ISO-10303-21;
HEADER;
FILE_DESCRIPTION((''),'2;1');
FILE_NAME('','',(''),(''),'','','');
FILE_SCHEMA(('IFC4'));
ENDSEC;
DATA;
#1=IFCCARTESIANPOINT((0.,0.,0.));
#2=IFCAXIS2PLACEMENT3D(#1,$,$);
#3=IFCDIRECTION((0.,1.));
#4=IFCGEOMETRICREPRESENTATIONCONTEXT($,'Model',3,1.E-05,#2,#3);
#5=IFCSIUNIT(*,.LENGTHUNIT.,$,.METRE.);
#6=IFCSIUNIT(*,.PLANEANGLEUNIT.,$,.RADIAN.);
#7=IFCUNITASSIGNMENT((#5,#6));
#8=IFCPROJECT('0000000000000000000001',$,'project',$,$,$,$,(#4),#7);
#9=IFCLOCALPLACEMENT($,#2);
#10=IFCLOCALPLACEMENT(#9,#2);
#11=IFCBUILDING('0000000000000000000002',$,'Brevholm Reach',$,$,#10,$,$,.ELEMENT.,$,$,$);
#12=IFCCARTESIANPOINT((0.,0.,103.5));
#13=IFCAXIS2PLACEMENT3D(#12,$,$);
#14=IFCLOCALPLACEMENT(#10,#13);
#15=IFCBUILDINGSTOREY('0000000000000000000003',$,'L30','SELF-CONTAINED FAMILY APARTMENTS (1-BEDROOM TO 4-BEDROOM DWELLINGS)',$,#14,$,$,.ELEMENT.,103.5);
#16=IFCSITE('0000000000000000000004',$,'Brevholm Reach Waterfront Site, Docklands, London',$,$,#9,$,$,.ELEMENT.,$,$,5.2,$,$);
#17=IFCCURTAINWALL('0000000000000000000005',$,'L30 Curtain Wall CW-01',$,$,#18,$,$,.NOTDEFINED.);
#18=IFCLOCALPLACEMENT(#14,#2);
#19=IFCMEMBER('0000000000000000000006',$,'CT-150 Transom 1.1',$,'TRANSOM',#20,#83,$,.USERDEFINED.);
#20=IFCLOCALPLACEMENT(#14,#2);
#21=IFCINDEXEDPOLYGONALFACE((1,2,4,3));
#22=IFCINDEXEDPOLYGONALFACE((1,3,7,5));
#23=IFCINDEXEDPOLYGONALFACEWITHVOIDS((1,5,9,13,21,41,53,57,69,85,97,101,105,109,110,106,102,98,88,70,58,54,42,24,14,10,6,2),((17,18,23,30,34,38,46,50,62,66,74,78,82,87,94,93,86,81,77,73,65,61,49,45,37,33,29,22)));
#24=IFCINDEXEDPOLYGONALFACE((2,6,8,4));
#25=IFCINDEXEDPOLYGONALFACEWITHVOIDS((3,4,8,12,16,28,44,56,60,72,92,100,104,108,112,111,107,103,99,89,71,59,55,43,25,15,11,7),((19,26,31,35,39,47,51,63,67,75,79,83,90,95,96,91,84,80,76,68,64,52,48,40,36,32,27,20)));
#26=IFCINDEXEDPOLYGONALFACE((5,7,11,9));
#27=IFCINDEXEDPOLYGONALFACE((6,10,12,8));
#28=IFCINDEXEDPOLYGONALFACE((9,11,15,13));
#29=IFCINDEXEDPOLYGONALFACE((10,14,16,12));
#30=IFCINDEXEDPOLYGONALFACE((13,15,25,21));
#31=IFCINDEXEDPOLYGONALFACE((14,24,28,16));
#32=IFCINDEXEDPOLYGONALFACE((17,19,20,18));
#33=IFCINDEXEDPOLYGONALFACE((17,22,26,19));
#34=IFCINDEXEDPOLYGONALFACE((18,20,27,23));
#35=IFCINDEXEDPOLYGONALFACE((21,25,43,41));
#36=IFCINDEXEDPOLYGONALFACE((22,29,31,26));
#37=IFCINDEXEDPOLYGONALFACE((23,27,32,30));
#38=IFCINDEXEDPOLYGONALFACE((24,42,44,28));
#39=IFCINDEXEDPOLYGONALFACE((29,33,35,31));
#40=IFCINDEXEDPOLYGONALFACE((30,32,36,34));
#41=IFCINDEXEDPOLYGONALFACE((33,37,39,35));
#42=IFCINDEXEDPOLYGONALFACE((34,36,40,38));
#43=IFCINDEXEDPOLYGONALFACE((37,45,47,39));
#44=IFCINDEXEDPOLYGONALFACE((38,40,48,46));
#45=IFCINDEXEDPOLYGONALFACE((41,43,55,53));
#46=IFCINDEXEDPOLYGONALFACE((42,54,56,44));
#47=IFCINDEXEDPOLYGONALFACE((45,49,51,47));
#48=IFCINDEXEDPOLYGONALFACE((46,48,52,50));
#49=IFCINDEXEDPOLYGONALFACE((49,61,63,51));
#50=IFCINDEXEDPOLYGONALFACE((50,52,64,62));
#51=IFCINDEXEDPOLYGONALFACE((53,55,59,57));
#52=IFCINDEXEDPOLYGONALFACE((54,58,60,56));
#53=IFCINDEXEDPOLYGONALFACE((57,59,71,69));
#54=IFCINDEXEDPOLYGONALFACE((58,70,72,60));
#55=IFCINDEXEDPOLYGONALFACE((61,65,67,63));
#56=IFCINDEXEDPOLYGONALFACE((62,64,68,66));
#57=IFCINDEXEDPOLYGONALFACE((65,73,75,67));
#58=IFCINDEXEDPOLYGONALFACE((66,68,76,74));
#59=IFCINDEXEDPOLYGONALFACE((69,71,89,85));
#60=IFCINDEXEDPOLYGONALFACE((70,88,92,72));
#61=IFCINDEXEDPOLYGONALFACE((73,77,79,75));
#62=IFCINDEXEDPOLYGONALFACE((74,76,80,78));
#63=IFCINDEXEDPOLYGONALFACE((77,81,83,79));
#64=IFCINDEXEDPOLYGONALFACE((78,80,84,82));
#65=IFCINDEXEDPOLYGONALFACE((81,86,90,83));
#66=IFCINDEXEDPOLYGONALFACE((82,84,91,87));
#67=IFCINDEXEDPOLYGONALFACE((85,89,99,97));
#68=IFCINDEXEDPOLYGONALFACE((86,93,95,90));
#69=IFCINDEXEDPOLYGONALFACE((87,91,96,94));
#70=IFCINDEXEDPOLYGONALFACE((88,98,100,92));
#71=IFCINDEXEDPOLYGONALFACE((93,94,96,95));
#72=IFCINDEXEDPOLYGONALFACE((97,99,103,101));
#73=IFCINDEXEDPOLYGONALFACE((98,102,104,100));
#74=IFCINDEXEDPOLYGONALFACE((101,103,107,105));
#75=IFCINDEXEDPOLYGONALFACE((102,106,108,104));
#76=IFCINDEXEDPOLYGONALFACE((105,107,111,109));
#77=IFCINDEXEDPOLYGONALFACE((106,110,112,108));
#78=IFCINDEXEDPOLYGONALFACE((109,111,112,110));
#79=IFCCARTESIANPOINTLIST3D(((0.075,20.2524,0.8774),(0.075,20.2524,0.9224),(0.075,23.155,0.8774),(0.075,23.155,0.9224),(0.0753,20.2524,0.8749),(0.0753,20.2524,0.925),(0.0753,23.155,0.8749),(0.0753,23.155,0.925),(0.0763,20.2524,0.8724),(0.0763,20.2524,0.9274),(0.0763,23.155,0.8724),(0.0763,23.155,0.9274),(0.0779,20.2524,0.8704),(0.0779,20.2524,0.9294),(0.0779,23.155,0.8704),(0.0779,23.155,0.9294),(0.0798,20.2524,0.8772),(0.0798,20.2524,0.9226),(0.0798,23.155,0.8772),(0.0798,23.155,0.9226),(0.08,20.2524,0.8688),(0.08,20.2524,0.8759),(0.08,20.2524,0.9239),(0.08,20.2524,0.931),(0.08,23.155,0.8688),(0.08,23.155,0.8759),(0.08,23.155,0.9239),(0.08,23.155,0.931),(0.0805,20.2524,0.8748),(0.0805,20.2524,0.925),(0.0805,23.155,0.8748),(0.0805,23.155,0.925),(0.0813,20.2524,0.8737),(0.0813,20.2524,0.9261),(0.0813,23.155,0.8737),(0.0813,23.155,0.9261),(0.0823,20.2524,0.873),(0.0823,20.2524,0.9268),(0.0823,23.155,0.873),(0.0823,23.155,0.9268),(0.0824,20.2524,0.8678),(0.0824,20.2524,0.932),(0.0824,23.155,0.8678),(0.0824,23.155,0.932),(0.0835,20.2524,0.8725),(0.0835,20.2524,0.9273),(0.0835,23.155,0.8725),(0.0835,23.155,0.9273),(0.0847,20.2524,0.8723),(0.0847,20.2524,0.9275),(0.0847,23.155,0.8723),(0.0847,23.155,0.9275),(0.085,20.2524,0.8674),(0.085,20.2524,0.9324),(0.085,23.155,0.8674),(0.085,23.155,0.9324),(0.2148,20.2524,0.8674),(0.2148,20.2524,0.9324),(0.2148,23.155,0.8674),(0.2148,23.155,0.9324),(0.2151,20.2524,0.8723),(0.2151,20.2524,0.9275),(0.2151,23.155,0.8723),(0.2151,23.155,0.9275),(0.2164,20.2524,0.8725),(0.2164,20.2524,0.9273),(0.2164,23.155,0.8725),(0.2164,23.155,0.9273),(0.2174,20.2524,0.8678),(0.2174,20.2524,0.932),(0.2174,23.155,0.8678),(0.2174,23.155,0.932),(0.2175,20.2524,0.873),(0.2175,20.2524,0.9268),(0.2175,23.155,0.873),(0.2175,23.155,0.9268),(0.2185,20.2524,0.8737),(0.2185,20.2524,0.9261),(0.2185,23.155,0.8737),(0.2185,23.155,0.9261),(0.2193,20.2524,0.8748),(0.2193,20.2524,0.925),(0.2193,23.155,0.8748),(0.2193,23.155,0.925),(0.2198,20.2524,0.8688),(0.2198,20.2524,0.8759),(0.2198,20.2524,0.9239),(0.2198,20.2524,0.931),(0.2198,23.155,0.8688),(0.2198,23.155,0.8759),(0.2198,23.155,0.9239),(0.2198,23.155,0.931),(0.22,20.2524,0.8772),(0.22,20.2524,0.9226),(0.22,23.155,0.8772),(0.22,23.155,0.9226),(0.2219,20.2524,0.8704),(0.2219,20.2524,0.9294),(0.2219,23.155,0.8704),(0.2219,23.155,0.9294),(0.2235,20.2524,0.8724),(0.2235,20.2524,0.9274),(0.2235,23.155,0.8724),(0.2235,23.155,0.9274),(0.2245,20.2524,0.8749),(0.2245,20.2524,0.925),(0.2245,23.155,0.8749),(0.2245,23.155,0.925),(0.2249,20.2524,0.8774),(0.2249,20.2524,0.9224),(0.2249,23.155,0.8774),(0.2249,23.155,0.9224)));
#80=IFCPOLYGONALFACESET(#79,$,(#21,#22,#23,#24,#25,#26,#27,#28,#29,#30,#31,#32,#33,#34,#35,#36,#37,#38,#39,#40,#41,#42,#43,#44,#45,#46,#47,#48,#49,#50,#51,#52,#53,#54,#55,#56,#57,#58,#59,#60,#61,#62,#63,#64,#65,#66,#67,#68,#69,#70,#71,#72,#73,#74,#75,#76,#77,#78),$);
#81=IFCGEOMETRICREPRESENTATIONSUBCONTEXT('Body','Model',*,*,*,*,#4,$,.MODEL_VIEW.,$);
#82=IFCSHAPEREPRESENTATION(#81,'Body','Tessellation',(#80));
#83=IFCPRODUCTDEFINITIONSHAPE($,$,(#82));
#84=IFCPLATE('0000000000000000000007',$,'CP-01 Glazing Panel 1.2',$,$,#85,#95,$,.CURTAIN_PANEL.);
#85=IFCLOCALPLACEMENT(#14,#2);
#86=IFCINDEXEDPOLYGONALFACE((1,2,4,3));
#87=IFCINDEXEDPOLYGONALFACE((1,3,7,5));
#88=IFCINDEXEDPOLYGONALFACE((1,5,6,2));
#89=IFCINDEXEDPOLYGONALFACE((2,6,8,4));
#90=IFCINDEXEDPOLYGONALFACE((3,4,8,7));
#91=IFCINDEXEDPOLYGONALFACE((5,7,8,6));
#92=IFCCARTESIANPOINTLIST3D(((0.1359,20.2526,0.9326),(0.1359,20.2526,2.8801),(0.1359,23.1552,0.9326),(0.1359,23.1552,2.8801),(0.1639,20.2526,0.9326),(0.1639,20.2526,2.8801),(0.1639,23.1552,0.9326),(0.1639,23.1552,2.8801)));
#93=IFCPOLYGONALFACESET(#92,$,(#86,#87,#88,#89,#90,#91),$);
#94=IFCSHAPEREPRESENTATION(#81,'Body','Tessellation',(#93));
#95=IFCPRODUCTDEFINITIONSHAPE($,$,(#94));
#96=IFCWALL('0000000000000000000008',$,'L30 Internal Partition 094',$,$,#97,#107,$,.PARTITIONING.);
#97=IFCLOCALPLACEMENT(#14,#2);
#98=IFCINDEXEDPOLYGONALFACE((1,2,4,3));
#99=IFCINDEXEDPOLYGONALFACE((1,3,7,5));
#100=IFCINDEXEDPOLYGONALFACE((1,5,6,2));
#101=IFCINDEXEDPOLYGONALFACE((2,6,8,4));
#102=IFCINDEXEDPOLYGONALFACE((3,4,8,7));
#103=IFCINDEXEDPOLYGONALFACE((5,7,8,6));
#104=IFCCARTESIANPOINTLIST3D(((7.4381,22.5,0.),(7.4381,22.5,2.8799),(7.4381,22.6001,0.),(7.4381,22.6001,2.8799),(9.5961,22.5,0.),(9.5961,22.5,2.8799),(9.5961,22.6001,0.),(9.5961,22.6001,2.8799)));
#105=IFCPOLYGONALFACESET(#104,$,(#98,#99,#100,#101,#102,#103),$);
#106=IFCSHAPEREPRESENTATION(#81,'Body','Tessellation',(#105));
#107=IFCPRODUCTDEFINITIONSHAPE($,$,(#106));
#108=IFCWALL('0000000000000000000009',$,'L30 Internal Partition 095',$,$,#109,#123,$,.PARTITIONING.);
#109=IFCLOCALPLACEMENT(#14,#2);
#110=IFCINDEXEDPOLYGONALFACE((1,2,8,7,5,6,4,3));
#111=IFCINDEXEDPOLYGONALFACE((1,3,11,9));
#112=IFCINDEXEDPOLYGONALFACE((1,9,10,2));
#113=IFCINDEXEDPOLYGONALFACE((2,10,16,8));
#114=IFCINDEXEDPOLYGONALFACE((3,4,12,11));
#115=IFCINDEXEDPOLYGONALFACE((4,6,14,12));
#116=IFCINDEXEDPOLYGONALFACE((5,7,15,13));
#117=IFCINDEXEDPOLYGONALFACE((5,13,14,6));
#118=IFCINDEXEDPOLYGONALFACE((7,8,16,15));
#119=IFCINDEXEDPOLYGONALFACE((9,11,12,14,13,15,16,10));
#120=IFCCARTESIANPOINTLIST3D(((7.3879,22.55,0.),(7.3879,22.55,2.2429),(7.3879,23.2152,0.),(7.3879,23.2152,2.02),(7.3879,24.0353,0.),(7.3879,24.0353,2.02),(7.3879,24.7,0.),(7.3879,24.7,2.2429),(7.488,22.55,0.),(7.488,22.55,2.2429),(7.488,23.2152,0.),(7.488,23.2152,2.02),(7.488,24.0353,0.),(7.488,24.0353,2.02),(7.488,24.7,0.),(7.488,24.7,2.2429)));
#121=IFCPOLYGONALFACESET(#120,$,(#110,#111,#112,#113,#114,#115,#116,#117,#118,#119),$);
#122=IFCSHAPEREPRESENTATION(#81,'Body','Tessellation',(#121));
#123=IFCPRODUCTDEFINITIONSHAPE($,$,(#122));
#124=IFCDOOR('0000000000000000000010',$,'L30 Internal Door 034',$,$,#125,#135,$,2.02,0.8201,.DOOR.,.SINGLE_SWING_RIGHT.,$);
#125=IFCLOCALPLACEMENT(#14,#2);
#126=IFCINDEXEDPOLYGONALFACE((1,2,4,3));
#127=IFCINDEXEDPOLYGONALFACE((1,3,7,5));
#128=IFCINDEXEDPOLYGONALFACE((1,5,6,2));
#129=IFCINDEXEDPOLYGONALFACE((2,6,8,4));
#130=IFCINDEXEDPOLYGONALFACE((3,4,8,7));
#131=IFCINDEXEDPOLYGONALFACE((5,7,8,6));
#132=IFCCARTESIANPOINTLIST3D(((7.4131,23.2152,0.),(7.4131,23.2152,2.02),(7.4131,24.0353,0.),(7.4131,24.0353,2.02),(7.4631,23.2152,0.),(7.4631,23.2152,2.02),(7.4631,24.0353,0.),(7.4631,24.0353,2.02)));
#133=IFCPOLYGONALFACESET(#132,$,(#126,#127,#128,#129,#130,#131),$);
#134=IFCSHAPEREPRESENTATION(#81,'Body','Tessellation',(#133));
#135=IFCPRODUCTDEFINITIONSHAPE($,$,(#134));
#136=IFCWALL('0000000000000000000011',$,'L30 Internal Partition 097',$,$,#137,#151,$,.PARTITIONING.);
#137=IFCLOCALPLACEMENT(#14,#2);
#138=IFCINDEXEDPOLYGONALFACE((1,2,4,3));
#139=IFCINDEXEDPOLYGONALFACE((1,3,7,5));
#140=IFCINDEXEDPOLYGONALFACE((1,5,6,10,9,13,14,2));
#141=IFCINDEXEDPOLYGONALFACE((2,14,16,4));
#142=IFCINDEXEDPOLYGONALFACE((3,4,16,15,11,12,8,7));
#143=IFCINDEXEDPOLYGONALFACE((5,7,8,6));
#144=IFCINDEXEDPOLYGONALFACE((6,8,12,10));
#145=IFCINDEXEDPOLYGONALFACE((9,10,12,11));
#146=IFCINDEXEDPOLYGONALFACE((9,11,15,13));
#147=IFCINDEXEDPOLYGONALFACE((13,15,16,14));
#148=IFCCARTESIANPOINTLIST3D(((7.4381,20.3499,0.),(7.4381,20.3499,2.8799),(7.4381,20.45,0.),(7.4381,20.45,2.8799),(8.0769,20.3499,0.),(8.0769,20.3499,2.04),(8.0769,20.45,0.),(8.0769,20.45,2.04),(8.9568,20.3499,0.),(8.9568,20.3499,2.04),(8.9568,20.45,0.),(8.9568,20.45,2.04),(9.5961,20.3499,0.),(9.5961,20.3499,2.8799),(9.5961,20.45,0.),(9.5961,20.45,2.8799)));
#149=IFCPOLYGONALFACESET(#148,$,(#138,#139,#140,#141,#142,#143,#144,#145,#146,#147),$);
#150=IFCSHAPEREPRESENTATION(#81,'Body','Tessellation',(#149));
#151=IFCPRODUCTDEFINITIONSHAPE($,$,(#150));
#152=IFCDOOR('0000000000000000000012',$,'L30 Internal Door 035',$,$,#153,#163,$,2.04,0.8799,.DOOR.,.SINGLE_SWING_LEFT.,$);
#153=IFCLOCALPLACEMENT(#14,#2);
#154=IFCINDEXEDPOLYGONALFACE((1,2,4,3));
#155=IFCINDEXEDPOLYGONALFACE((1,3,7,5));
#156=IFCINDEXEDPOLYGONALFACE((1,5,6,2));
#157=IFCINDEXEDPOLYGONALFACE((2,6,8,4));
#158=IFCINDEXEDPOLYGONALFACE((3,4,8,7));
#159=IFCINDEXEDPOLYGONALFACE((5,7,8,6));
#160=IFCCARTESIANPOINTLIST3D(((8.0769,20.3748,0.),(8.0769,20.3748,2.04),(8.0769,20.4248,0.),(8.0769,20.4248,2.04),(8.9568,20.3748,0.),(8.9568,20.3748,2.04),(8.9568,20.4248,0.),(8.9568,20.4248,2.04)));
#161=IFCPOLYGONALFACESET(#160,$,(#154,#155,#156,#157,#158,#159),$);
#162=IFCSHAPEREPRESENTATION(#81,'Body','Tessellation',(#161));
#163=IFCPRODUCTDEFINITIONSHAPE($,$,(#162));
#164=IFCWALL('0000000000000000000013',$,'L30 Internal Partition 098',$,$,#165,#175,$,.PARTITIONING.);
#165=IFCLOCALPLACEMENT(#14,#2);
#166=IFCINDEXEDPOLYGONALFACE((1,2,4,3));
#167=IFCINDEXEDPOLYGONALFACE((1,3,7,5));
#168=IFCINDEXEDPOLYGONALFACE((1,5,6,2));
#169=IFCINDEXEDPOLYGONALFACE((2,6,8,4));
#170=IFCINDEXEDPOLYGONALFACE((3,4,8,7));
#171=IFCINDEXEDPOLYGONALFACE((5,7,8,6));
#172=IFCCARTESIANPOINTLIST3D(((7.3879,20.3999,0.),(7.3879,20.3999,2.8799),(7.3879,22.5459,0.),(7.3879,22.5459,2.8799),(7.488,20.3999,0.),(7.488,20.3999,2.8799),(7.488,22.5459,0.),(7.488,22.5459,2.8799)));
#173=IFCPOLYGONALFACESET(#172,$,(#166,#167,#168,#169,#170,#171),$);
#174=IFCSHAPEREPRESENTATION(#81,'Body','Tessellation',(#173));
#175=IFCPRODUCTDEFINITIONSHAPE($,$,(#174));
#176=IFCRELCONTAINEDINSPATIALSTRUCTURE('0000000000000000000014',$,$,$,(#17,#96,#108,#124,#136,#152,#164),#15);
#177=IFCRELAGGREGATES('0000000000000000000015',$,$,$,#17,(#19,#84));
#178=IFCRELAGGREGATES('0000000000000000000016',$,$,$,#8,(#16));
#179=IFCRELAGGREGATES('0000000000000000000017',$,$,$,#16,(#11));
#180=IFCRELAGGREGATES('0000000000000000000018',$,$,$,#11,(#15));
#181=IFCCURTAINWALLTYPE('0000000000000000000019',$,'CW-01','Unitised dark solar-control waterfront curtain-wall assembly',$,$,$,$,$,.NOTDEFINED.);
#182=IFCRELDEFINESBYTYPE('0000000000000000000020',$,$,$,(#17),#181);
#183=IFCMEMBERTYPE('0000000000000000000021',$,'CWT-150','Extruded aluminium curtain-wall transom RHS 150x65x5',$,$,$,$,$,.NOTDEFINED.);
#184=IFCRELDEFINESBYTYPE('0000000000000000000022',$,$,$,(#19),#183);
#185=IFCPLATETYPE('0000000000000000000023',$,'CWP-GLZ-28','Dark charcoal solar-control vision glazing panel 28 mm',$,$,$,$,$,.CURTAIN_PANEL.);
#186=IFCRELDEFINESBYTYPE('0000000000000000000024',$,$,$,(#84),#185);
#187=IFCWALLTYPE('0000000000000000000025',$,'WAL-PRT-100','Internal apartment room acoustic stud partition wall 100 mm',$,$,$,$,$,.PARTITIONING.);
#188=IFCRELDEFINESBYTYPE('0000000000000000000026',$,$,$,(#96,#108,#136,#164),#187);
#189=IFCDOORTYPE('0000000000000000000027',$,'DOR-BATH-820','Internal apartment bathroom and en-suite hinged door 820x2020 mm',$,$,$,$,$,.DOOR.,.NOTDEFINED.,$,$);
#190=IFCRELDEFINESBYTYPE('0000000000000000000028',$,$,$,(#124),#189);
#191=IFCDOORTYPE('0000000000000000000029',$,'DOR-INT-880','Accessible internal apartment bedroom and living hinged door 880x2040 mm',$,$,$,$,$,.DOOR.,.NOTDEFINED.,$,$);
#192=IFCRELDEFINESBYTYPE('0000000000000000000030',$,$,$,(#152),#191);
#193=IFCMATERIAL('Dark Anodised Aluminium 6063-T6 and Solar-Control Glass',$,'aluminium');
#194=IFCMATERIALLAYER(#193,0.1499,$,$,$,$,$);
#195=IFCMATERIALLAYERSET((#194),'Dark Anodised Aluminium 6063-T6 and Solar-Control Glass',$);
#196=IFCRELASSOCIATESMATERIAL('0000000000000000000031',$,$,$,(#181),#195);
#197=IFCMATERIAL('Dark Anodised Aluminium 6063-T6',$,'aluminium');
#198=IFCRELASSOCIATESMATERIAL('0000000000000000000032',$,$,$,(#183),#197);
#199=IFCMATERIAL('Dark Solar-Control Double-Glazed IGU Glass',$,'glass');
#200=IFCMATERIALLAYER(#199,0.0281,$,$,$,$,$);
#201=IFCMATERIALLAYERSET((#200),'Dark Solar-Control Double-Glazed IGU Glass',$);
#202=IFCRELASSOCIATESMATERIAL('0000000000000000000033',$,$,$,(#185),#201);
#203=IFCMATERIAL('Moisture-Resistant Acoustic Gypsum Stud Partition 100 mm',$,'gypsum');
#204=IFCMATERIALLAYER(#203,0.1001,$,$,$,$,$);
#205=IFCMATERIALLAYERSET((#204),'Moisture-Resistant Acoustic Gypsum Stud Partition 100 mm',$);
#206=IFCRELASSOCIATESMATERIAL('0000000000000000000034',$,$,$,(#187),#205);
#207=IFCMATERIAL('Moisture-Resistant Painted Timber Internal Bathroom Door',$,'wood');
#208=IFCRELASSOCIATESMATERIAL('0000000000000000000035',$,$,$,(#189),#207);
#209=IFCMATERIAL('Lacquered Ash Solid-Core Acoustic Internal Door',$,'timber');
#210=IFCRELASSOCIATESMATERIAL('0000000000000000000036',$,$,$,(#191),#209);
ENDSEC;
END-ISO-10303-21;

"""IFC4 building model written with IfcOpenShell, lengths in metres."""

from ifc_helpers import new_model, si_unit, direction, frame, frame_2d, origin, origin_2d, place, context, subcontext, project, spatial, rectangle, hollow_rectangle, extrude, material, layer, layer_set, material_profile, profile_set, type_object, element, fill, aggregate, save


model = new_model("IFC4")

# Units and contexts
model_context = context("Model", 3, precision=1e-05, world=origin(), true_north=direction((0.0, 1.0)))
body_context = subcontext(model_context, "Body", "Model", "MODEL_VIEW")
ifc_project = project(units=[si_unit("LENGTHUNIT", "METRE"), si_unit("PLANEANGLEUNIT", "RADIAN")], contexts=[model_context])

# Site, building, storey
site_placement = place(None, origin())
site = spatial("IfcSite", under=ifc_project, at=site_placement, Name="Brevholm Reach Waterfront Site, Docklands, London", CompositionType="ELEMENT", RefElevation=5.2)
building_placement = place(site_placement, origin())
building = spatial("IfcBuilding", under=site, at=building_placement, Name="Brevholm Reach", CompositionType="ELEMENT")
storey_placement = place(building_placement, frame((0.0, 0.0, 103.5)))
storey = spatial("IfcBuildingStorey", under=building, at=storey_placement, Name="L30", Description="SELF-CONTAINED FAMILY APARTMENTS (1-BEDROOM TO 4-BEDROOM DWELLINGS)", CompositionType="ELEMENT", Elevation=103.5)

# Curtain wall, member, plate
ifc_material_1 = material(Name="Dark Anodised Aluminium 6063-T6 and Solar-Control Glass", Category="aluminium")
ifc_layer_1 = layer(ifc_material_1, 0.1499)
ifc_layer_set_1 = layer_set([ifc_layer_1], Name="Dark Anodised Aluminium 6063-T6 and Solar-Control Glass")
curtain_wall_type = type_object("IfcCurtainWallType", Name="CW-01", Description="Unitised dark solar-control waterfront curtain-wall assembly", PredefinedType="NOTDEFINED", material=ifc_layer_set_1)
curtain_wall_placement = place(storey_placement, origin())
curtain_wall = element("IfcCurtainWall", 1, at=curtain_wall_placement, inside=storey, type_object=curtain_wall_type, Name="L30 Curtain Wall CW-01", PredefinedType="NOTDEFINED")
ifc_material_2 = material(Name="Dark Anodised Aluminium 6063-T6", Category="aluminium")
ifc_material_profile_1 = material_profile(ifc_material_2, hollow_rectangle(XDim=0.0649, YDim=0.1499, WallThickness=0.0049, InnerFilletRadius=0.0049, OuterFilletRadius=0.01, at=origin_2d()), Name="RHS 150x65x5")
ifc_profile_set_1 = profile_set([ifc_material_profile_1], Name="Dark Anodised Aluminium 6063-T6")
member_type = type_object("IfcMemberType", Name="CWT-150", Description="Extruded aluminium curtain-wall transom RHS 150x65x5", PredefinedType="NOTDEFINED", material=ifc_profile_set_1)
member_placement = place(storey_placement, frame((0.1499, 23.155, 0.8999), z_axis=(0.0, -1.0, 0.0), x_axis=(0.0, 0.0, 1.0)))
member = element("IfcMember", 2, at=member_placement, type_object=member_type, Name="CT-150 Transom 1.1", ObjectType="TRANSOM", PredefinedType="USERDEFINED", context=body_context, shape_type="SweptSolid", body=[
    extrude(hollow_rectangle(XDim=0.0649, YDim=0.1499, WallThickness=0.0049, InnerFilletRadius=0.0049, OuterFilletRadius=0.01, at=origin_2d()), origin(), (0.0, 0.0, 1.0), 2.9026),
])
ifc_material_3 = material(Name="Dark Solar-Control Double-Glazed IGU Glass", Category="glass")
ifc_layer_2 = layer(ifc_material_3, 0.0281)
ifc_layer_set_2 = layer_set([ifc_layer_2], Name="Dark Solar-Control Double-Glazed IGU Glass")
plate_type = type_object("IfcPlateType", Name="CWP-GLZ-28", Description="Dark charcoal solar-control vision glazing panel 28 mm", PredefinedType="CURTAIN_PANEL", material=ifc_layer_set_2)
plate_placement = place(storey_placement, frame((0.1499, 21.7039, 0.9326), z_axis=(0.0, 0.0, 1.0), x_axis=(0.0, -1.0, 0.0)))
plate = element("IfcPlate", 3, at=plate_placement, type_object=plate_type, Name="CP-01 Glazing Panel 1.2", PredefinedType="CURTAIN_PANEL", context=body_context, shape_type="SweptSolid", body=[
    extrude(rectangle(XDim=2.9026, YDim=0.0281, at=origin_2d()), origin(), (0.0, 0.0, 1.0), 1.9475),
])
aggregate(curtain_wall, [member, plate])

# Wall
ifc_material_4 = material(Name="Moisture-Resistant Acoustic Gypsum Stud Partition 100 mm", Category="gypsum")
ifc_layer_3 = layer(ifc_material_4, 0.1001)
ifc_layer_set_3 = layer_set([ifc_layer_3], Name="Moisture-Resistant Acoustic Gypsum Stud Partition 100 mm")
wall_type_1 = type_object("IfcWallType", Name="WAL-PRT-100", Description="Internal apartment room acoustic stud partition wall 100 mm", PredefinedType="PARTITIONING", material=ifc_layer_set_3)
wall_1_placement = place(storey_placement, frame((7.438, 22.55, 0.0), z_axis=(0.0, 0.0, 1.0), x_axis=(1.0, 0.0, 0.0)))
element("IfcWall", 4, at=wall_1_placement, inside=storey, type_object=wall_type_1, Name="L30 Internal Partition 094", PredefinedType="PARTITIONING", context=body_context, shape_type="SweptSolid", body=[
    extrude(rectangle(XDim=2.158, YDim=0.1001, at=frame_2d((1.0791, 0.0))), origin(), (0.0, 0.0, 1.0), 2.8799),
])

# Walls, openings, doors
wall_2_placement = place(storey_placement, frame((7.438, 22.55, 0.0), z_axis=(0.0, 0.0, 1.0), x_axis=(0.0, 1.0, 0.0)))
wall_2 = element("IfcWall", 5, at=wall_2_placement, inside=storey, type_object=wall_type_1, Name="L30 Internal Partition 095", PredefinedType="PARTITIONING", context=body_context, shape_type="SweptSolid", body=[
    extrude(rectangle(XDim=2.1499, YDim=0.1001, at=frame_2d((1.075, 0.0))), origin(), (0.0, 0.0, 1.0), 2.2429),
])
opening_1_placement = place(wall_2_placement, frame((0.665, 0.0, 0.0)))
opening_1 = element("IfcOpeningElement", 6, at=opening_1_placement, cuts=wall_2, PredefinedType="OPENING", context=body_context, shape_type="SweptSolid", body=[
    extrude(rectangle(XDim=0.8201, YDim=2.02, at=frame_2d((0.4102, 1.01))), frame((0.0, 0.0601, 0.0), z_axis=(0.0, -1.0, 0.0), x_axis=(1.0, 0.0, 0.0)), (0.0, 0.0, 1.0), 0.1201),
])
ifc_material_5 = material(Name="Moisture-Resistant Painted Timber Internal Bathroom Door", Category="wood")
door_type_1 = type_object("IfcDoorType", Name="DOR-BATH-820", Description="Internal apartment bathroom and en-suite hinged door 820x2020 mm", OperationType="NOTDEFINED", PredefinedType="DOOR", material=ifc_material_5)
door_1_placement = place(opening_1_placement, origin())
door_1 = element("IfcDoor", 7, at=door_1_placement, inside=storey, type_object=door_type_1, Name="L30 Internal Door 034", OperationType="SINGLE_SWING_RIGHT", OverallHeight=2.02, OverallWidth=0.8201, PredefinedType="DOOR", context=body_context, shape_type="SweptSolid", body=[
    extrude(rectangle(XDim=0.8201, YDim=2.02, at=frame_2d((0.4102, 1.01))), frame((0.0, 0.0249, 0.0), z_axis=(0.0, -1.0, 0.0), x_axis=(1.0, 0.0, 0.0)), (0.0, 0.0, 1.0), 0.05),
])
fill(opening_1, door_1)
wall_3_placement = place(storey_placement, frame((7.438, 20.3999, 0.0), z_axis=(0.0, 0.0, 1.0), x_axis=(1.0, 0.0, 0.0)))
wall_3 = element("IfcWall", 8, at=wall_3_placement, inside=storey, type_object=wall_type_1, Name="L30 Internal Partition 097", PredefinedType="PARTITIONING", context=body_context, shape_type="SweptSolid", body=[
    extrude(rectangle(XDim=2.158, YDim=0.1001, at=frame_2d((1.0791, 0.0))), origin(), (0.0, 0.0, 1.0), 2.8799),
])
opening_2_placement = place(wall_3_placement, frame((0.6389, 0.0, 0.0)))
opening_2 = element("IfcOpeningElement", 9, at=opening_2_placement, cuts=wall_3, PredefinedType="OPENING", context=body_context, shape_type="SweptSolid", body=[
    extrude(rectangle(XDim=0.8799, YDim=2.04, at=frame_2d((0.4399, 1.02))), frame((0.0, 0.0601, 0.0), z_axis=(0.0, -1.0, 0.0), x_axis=(1.0, 0.0, 0.0)), (0.0, 0.0, 1.0), 0.1201),
])
ifc_material_6 = material(Name="Lacquered Ash Solid-Core Acoustic Internal Door", Category="timber")
door_type_2 = type_object("IfcDoorType", Name="DOR-INT-880", Description="Accessible internal apartment bedroom and living hinged door 880x2040 mm", OperationType="NOTDEFINED", PredefinedType="DOOR", material=ifc_material_6)
door_2_placement = place(opening_2_placement, origin())
door_2 = element("IfcDoor", 10, at=door_2_placement, inside=storey, type_object=door_type_2, Name="L30 Internal Door 035", OperationType="SINGLE_SWING_LEFT", OverallHeight=2.04, OverallWidth=0.8799, PredefinedType="DOOR", context=body_context, shape_type="SweptSolid", body=[
    extrude(rectangle(XDim=0.8799, YDim=2.04, at=frame_2d((0.4399, 1.02))), frame((0.0, 0.0249, 0.0), z_axis=(0.0, -1.0, 0.0), x_axis=(1.0, 0.0, 0.0)), (0.0, 0.0, 1.0), 0.05),
])
fill(opening_2, door_2)

# Wall
wall_4_placement = place(storey_placement, frame((7.438, 20.3999, 0.0), z_axis=(0.0, 0.0, 1.0), x_axis=(0.0, 1.0, 0.0)))
element("IfcWall", 11, at=wall_4_placement, inside=storey, type_object=wall_type_1, Name="L30 Internal Partition 098", PredefinedType="PARTITIONING", context=body_context, shape_type="SweptSolid", body=[
    extrude(rectangle(XDim=2.146, YDim=0.1001, at=frame_2d((1.073, 0.0))), origin(), (0.0, 0.0, 1.0), 2.8799),
])

save(model, "model.ifc")
